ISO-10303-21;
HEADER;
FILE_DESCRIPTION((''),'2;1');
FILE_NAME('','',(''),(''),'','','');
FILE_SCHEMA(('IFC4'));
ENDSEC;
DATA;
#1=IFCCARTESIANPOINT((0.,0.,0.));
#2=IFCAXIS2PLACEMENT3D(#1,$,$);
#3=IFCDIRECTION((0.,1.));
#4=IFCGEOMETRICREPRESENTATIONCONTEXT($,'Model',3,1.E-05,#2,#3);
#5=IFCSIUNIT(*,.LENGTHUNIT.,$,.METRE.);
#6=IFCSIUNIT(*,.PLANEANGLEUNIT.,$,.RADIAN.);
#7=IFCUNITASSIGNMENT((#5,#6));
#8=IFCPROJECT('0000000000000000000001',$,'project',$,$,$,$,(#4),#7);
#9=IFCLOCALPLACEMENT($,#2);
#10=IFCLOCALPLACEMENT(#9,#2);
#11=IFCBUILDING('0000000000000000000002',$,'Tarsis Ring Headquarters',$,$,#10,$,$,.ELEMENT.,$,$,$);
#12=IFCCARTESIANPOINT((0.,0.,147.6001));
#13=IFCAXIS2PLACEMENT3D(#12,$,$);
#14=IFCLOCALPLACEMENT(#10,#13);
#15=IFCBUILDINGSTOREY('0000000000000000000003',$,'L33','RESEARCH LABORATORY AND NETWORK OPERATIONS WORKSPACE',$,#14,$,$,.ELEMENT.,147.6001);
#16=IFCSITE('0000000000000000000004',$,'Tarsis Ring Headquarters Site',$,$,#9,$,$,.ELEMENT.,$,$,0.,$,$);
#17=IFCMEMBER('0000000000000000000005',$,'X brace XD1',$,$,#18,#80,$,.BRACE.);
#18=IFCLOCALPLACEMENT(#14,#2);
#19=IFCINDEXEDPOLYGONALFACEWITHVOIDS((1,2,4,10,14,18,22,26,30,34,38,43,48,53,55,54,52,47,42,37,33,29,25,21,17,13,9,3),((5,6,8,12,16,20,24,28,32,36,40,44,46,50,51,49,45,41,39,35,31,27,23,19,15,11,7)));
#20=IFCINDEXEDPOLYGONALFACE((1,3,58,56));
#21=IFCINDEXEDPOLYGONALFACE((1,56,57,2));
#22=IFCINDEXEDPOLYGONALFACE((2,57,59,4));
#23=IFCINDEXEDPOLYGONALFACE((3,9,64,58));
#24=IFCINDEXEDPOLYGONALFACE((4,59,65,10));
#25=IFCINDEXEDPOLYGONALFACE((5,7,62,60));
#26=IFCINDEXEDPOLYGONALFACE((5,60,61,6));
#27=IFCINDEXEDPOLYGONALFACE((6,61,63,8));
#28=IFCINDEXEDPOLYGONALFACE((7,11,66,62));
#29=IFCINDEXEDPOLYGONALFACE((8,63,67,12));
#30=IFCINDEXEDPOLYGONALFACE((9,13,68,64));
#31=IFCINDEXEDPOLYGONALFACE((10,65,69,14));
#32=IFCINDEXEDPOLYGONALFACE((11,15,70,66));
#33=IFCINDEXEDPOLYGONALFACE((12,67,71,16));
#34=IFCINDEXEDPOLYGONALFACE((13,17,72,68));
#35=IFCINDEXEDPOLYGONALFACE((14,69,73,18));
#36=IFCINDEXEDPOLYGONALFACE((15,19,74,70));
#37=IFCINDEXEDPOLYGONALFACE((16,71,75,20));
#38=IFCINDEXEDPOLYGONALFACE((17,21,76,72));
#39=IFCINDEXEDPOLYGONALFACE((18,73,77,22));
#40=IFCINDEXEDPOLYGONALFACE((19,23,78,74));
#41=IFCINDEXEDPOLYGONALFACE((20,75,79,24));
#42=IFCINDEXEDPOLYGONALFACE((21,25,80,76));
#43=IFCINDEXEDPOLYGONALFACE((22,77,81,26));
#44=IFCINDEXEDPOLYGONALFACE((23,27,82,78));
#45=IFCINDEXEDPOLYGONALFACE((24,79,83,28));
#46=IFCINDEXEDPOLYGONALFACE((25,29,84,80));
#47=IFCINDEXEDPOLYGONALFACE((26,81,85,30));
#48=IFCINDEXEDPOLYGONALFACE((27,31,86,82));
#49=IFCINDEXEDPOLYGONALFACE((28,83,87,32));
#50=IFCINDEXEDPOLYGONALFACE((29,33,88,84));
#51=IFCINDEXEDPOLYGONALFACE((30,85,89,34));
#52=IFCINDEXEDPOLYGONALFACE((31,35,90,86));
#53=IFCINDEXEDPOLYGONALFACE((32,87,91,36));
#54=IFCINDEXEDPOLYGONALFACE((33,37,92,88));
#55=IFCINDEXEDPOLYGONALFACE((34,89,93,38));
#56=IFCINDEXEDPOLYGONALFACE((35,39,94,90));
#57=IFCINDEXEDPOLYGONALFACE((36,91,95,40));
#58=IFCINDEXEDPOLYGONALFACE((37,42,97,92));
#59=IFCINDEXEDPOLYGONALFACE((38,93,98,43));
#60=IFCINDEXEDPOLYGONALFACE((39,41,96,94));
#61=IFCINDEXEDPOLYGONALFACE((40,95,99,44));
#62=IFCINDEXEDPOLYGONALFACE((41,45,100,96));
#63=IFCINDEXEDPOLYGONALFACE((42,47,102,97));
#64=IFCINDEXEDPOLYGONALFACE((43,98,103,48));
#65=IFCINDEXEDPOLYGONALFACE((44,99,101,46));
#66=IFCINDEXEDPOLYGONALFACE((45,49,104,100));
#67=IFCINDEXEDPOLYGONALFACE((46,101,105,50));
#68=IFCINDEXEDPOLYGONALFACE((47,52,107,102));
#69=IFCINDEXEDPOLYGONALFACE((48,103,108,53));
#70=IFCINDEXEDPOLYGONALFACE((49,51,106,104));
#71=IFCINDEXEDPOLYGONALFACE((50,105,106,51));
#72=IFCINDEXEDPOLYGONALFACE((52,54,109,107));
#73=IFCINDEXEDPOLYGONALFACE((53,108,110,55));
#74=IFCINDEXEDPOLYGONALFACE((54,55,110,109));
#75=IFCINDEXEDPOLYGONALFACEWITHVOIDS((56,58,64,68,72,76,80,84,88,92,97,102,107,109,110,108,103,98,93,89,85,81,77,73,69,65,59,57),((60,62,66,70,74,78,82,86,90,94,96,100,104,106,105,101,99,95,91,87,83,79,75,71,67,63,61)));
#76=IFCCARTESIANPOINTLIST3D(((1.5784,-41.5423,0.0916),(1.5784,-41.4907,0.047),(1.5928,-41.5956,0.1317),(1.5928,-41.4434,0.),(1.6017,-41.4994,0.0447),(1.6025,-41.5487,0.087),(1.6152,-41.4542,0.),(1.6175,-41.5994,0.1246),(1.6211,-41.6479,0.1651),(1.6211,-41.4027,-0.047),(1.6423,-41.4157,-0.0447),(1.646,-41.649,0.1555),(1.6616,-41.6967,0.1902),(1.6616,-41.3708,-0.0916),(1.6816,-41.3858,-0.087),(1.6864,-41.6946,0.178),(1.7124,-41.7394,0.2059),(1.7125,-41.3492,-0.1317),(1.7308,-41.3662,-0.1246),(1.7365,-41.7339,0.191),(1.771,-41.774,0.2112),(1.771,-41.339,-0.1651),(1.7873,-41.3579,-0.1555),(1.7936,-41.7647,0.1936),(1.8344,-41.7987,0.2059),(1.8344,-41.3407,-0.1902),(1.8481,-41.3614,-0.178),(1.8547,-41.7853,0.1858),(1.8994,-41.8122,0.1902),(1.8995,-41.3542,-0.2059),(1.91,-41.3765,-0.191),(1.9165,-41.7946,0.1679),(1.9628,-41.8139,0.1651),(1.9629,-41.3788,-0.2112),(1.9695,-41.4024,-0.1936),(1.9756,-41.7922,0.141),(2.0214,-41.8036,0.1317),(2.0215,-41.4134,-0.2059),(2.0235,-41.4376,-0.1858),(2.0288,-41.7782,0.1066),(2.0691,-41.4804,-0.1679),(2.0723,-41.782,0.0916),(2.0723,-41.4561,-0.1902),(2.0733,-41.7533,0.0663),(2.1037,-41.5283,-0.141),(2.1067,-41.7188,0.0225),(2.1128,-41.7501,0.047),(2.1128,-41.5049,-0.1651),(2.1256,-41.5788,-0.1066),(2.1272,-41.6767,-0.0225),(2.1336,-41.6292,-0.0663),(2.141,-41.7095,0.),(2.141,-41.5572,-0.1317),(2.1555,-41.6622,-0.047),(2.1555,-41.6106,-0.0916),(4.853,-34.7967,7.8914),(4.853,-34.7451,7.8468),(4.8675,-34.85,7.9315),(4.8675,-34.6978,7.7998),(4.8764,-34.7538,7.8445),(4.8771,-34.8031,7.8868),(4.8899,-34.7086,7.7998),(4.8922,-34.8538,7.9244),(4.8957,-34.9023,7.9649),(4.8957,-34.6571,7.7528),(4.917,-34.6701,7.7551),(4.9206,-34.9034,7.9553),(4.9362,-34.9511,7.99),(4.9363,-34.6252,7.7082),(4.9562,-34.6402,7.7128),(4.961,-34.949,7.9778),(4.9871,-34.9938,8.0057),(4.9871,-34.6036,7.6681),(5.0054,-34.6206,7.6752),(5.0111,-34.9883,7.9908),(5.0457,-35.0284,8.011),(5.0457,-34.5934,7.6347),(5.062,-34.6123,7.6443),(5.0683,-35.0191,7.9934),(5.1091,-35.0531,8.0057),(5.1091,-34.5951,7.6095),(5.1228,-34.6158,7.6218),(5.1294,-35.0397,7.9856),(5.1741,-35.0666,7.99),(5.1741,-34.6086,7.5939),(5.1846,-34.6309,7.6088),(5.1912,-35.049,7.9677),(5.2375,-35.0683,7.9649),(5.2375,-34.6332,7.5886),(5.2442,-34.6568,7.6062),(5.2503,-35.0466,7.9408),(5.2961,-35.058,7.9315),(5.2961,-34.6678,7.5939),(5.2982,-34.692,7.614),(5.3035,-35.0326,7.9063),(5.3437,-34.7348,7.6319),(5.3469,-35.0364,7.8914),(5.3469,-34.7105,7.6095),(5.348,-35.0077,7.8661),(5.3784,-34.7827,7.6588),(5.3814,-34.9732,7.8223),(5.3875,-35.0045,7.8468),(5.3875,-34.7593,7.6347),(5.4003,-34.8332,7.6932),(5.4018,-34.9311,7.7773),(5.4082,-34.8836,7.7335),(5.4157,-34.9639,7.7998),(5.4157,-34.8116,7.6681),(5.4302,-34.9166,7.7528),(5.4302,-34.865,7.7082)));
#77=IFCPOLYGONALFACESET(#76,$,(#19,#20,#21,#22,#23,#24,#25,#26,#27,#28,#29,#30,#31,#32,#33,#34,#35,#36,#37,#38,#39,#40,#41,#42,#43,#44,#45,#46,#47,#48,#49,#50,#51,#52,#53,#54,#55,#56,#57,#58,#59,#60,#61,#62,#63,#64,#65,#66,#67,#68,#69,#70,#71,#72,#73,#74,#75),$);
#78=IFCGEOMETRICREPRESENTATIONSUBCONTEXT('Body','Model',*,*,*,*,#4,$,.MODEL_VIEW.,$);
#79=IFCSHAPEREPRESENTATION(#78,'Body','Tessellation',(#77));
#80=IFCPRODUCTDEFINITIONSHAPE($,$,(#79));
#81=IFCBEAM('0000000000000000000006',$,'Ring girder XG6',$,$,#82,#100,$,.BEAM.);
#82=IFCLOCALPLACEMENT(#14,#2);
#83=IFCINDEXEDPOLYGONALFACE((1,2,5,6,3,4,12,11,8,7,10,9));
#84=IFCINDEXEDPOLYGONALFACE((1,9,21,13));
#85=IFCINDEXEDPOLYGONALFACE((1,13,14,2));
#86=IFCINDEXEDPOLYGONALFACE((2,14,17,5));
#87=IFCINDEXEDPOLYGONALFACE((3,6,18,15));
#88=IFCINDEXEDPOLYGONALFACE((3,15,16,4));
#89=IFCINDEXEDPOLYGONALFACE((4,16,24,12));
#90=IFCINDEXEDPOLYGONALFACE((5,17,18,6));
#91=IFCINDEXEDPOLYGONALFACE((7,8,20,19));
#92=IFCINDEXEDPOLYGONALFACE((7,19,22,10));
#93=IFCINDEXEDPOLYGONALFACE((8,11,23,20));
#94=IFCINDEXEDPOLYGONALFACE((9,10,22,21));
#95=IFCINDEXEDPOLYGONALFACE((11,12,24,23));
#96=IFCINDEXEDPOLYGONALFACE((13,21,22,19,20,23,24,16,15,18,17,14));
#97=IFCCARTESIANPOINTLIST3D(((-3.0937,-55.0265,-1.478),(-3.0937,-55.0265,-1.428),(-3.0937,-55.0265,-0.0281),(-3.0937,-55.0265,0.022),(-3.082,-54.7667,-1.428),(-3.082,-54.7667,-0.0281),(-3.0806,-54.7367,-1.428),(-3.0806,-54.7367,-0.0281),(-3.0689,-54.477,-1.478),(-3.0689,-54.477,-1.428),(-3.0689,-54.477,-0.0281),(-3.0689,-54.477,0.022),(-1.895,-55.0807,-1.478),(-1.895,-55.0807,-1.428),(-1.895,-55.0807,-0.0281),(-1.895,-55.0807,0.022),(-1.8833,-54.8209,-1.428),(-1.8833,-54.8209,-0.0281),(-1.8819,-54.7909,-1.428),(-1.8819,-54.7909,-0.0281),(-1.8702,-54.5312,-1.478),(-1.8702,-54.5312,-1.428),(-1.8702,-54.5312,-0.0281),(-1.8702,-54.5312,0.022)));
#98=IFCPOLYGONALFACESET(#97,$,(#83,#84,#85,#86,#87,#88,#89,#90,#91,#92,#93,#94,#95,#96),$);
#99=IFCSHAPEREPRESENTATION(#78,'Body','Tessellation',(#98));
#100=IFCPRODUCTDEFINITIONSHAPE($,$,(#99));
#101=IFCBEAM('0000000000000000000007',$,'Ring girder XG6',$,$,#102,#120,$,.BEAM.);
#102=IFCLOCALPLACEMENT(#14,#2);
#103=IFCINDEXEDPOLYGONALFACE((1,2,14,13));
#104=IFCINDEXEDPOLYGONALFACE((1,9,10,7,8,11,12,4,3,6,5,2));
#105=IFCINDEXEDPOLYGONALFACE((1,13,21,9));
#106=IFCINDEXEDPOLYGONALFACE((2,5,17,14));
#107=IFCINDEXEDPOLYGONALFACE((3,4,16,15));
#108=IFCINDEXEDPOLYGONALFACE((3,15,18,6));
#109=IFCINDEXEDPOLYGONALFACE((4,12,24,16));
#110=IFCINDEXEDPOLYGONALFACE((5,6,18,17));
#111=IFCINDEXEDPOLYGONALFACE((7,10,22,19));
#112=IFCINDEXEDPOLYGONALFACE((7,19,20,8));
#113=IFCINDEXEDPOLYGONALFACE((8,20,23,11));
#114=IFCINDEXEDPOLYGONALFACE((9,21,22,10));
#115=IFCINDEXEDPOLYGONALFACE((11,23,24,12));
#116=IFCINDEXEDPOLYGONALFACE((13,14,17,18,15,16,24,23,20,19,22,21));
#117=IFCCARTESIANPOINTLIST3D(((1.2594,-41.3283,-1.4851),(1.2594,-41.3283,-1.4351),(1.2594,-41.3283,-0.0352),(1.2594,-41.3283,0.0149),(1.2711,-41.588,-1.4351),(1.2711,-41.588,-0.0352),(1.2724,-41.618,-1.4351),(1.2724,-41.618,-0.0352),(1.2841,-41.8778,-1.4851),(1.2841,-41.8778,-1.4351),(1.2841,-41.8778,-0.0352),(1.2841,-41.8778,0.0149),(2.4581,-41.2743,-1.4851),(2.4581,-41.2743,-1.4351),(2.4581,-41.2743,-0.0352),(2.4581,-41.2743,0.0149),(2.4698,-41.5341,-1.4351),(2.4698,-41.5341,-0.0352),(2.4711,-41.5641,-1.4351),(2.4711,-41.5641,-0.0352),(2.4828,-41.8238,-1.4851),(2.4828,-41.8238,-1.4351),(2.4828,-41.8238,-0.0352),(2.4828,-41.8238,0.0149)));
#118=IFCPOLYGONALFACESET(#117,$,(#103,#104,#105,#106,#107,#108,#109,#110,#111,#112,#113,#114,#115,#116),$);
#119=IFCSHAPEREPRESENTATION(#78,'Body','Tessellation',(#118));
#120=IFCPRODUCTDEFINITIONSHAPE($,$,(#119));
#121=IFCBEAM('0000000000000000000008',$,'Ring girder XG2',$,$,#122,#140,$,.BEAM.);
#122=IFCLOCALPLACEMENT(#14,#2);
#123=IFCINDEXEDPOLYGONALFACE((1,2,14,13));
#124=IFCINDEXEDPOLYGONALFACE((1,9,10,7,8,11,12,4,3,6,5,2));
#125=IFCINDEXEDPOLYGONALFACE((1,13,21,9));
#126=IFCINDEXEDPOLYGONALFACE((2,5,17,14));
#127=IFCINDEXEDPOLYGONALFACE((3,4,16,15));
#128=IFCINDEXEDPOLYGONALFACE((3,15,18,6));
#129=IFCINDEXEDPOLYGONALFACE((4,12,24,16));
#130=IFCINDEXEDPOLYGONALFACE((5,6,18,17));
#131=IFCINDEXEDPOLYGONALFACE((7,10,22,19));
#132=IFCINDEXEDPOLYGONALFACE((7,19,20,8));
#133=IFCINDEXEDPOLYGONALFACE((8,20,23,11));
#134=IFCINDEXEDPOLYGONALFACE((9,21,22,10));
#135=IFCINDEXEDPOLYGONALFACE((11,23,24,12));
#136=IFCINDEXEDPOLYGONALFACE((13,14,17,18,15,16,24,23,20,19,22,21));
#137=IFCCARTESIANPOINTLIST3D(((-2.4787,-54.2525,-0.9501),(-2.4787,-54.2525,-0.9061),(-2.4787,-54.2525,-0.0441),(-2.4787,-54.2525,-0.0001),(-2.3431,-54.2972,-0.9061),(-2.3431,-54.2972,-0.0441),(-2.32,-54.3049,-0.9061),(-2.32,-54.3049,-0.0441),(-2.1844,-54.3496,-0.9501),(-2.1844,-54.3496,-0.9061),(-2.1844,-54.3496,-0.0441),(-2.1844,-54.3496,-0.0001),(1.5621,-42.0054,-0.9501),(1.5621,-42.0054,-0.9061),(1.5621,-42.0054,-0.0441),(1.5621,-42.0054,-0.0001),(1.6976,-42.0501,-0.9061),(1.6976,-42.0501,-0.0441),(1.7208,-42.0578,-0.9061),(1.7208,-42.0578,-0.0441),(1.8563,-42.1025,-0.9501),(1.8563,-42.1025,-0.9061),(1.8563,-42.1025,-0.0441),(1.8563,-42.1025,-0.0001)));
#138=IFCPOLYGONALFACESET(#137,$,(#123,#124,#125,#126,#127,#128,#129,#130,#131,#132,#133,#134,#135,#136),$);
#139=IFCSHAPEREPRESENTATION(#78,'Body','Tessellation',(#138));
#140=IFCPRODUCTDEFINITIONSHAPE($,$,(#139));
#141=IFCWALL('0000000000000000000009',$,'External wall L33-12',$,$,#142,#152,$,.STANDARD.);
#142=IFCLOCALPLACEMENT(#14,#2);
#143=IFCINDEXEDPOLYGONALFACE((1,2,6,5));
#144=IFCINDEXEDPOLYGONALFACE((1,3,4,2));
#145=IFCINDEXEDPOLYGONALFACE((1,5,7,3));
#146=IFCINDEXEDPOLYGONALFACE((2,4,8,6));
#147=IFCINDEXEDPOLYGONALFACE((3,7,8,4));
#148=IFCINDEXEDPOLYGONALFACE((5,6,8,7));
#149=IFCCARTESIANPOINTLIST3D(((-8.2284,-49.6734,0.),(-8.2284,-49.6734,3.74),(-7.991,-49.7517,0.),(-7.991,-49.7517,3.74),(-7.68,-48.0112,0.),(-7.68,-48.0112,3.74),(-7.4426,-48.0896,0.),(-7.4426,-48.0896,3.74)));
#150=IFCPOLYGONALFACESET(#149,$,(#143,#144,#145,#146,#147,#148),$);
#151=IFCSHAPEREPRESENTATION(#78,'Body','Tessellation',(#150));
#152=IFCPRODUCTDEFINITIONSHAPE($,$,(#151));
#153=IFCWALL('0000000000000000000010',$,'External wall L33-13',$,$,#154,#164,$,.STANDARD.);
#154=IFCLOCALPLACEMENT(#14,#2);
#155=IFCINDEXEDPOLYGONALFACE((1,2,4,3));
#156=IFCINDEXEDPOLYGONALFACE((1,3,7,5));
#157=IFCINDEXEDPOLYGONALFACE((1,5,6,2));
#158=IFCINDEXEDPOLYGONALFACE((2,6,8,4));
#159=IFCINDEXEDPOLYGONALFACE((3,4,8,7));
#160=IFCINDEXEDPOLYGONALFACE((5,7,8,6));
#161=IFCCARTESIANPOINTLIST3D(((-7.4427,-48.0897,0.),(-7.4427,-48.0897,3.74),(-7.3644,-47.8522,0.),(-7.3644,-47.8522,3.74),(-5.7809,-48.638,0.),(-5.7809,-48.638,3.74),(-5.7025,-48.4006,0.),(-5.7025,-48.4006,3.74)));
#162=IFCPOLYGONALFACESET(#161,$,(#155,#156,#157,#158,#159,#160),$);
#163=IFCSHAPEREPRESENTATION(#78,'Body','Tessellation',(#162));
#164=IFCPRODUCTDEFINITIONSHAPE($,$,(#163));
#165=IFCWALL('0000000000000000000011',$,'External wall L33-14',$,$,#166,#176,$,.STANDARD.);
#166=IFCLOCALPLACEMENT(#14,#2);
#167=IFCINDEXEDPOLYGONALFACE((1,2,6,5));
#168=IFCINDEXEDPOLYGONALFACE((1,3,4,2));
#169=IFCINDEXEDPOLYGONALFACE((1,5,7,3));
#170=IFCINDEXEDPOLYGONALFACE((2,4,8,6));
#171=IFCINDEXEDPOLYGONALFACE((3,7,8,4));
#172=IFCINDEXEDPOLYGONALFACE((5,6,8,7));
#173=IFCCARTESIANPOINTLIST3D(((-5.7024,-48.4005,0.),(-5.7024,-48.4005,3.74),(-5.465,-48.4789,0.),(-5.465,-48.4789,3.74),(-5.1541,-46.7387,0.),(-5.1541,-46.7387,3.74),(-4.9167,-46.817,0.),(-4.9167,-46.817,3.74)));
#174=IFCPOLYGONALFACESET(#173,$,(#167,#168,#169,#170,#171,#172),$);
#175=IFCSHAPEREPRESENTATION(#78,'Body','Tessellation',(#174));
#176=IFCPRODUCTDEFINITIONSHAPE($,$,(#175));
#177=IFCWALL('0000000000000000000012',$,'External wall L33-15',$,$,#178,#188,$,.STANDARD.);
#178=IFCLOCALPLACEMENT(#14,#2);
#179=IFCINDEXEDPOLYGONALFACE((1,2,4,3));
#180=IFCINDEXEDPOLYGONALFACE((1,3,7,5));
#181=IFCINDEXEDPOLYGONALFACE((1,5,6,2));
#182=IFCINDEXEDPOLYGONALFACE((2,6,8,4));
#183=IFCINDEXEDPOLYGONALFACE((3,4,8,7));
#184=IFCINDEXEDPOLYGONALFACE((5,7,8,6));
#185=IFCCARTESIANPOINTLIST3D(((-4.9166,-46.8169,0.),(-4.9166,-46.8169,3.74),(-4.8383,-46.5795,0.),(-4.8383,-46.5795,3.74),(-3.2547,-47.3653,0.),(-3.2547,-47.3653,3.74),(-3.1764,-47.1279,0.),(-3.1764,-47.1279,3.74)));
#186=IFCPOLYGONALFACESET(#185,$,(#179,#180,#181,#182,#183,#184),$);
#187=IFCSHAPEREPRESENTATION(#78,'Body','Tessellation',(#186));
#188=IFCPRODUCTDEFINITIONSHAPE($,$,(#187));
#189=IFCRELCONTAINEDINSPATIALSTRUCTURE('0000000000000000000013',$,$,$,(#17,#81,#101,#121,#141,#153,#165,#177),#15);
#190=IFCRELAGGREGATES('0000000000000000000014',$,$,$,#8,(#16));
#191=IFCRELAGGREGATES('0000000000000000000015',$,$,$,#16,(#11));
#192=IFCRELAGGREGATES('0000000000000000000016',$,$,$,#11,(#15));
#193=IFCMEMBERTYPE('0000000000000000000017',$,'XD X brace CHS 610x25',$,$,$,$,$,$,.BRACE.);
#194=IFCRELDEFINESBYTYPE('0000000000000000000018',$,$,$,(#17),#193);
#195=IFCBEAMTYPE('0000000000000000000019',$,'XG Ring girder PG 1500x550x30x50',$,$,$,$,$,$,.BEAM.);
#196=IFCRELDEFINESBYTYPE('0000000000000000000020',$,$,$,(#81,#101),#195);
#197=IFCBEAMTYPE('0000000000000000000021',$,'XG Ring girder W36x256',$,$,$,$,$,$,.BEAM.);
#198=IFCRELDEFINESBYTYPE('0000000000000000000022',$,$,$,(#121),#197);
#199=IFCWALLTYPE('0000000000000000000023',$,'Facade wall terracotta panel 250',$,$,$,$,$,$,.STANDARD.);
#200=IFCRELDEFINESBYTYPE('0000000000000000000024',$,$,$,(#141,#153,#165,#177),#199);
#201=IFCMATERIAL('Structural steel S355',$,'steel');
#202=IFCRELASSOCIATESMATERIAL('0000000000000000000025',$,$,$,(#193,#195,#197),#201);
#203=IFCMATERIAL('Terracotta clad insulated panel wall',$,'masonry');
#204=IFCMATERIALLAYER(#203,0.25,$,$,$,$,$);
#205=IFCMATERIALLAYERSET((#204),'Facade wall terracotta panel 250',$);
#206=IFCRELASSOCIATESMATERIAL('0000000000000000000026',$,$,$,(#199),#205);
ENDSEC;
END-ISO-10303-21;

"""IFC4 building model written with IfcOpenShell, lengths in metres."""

from ifc_helpers import new_model, si_unit, direction, frame, frame_2d, origin, origin_2d, place, context, subcontext, project, spatial, rectangle, hollow_circle, i_section, extrude, material, layer, layer_set, material_profile, profile_set, type_object, element, save


model = new_model("IFC4")

# Units and contexts
model_context = context("Model", 3, precision=1e-05, world=origin(), true_north=direction((0.0, 1.0)))
body_context = subcontext(model_context, "Body", "Model", "MODEL_VIEW")
ifc_project = project(units=[si_unit("LENGTHUNIT", "METRE"), si_unit("PLANEANGLEUNIT", "RADIAN")], contexts=[model_context])

# Site, building, storey
site_placement = place(None, origin())
site = spatial("IfcSite", under=ifc_project, at=site_placement, Name="Tarsis Ring Headquarters Site", CompositionType="ELEMENT", RefElevation=0.0)
building_placement = place(site_placement, origin())
building = spatial("IfcBuilding", under=site, at=building_placement, Name="Tarsis Ring Headquarters", CompositionType="ELEMENT")
storey_placement = place(building_placement, frame((0.0, 0.0, 147.6001)))
storey = spatial("IfcBuildingStorey", under=building, at=storey_placement, Name="L33", Description="RESEARCH LABORATORY AND NETWORK OPERATIONS WORKSPACE", CompositionType="ELEMENT", Elevation=147.6001)

# Shared definitions
ifc_material_1 = material(Name="Structural steel S355", Category="steel")

# Member
ifc_material_profile_1 = material_profile(ifc_material_1, hollow_circle(Radius=0.3047, WallThickness=0.0249, at=origin_2d()), Name="CHS 610x25")
ifc_profile_set_1 = profile_set([ifc_material_profile_1], Name="Structural steel S355")
member_type = type_object("IfcMemberType", Name="XD X brace CHS 610x25", PredefinedType="BRACE", material=ifc_profile_set_1)
member_placement = place(storey_placement, frame((1.8669, -41.5764, 0.0), z_axis=(0.30266, 0.623462, 0.720896), x_axis=(-0.899601, 0.436712, 0.0)))
element("IfcMember", 1, at=member_placement, inside=storey, type_object=member_type, Name="X brace XD1", PredefinedType="BRACE", context=body_context, shape_type="SweptSolid", body=[
    extrude(hollow_circle(Radius=0.3047, WallThickness=0.0249, at=origin_2d()), origin(), (0.0, 0.0, 1.0), 10.8196),
])

# Beams
ifc_material_profile_2 = material_profile(ifc_material_1, i_section(OverallWidth=0.55, OverallDepth=1.5, WebThickness=0.03, FlangeThickness=0.05, at=origin_2d()), Name="PG 1500x550x30x50")
ifc_profile_set_2 = profile_set([ifc_material_profile_2], Name="Structural steel S355")
beam_type_1 = type_object("IfcBeamType", Name="XG Ring girder PG 1500x550x30x50", PredefinedType="BEAM", material=ifc_profile_set_2)
for number, where, z_axis, x_axis, name in (
    (2, (-3.0813, -54.7517, -0.728), (0.998979, -0.045168, 0.0), (0.045168, 0.998979, 0.0), "Ring girder XG6"),
    (3, (1.2717, -41.603, -0.7351), (0.998989, 0.044965, 0.0), (-0.044965, 0.998989, 0.0), "Ring girder XG6"),
):
    element("IfcBeam", number, at=place(storey_placement, frame(where, z_axis=z_axis, x_axis=x_axis)), inside=storey, type_object=beam_type_1, Name=name, PredefinedType="BEAM", context=body_context, shape_type="SweptSolid", body=[
        extrude(i_section(OverallWidth=0.55, OverallDepth=1.5, WebThickness=0.03, FlangeThickness=0.05, at=origin_2d()), origin(), (0.0, 0.0, 1.0), 1.2),
    ])
ifc_material_profile_3 = material_profile(ifc_material_1, i_section(OverallWidth=0.3098, OverallDepth=0.95, WebThickness=0.0244, FlangeThickness=0.0439, at=origin_2d()), Name="W36x256")
ifc_profile_set_3 = profile_set([ifc_material_profile_3], Name="Structural steel S355")
beam_type_2 = type_object("IfcBeamType", Name="XG Ring girder W36x256", PredefinedType="BEAM", material=ifc_profile_set_3)
beam_placement = place(storey_placement, frame((-2.3315, -54.301, -0.4751), z_axis=(0.313324, 0.949646, 0.0), x_axis=(-0.949646, 0.313324, 0.0)))
element("IfcBeam", 4, at=beam_placement, inside=storey, type_object=beam_type_2, Name="Ring girder XG2", PredefinedType="BEAM", context=body_context, shape_type="SweptSolid", body=[
    extrude(i_section(OverallWidth=0.3098, OverallDepth=0.95, WebThickness=0.0244, FlangeThickness=0.0439, at=origin_2d()), origin(), (0.0, 0.0, 1.0), 12.8965),
])

# Walls
ifc_material_2 = material(Name="Terracotta clad insulated panel wall", Category="masonry")
ifc_layer = layer(ifc_material_2, 0.25)
ifc_layer_set = layer_set([ifc_layer], Name="Facade wall terracotta panel 250")
wall_type = type_object("IfcWallType", Name="Facade wall terracotta panel 250", PredefinedType="STANDARD", material=ifc_layer_set)
wall_1_placement = place(storey_placement, frame((-8.1096, -49.7124, 0.0), z_axis=(0.0, 0.0, 1.0), x_axis=(0.313297, 0.949655, 0.0)))
element("IfcWall", 5, at=wall_1_placement, inside=storey, type_object=wall_type, Name="External wall L33-12", PredefinedType="STANDARD", context=body_context, shape_type="SweptSolid", body=[
    extrude(rectangle(XDim=1.7502, YDim=0.25, at=frame_2d((0.875, 0.0))), origin(), (0.0, 0.0, 1.0), 3.74),
])
for number, where, z_axis, x_axis, name in (
    (6, (-7.4036, -47.9709, 0.0), (0.0, 0.0, 1.0), (0.949642, -0.313338, 0.0), "External wall L33-13"),
    (7, (-5.5837, -48.4397, 0.0), (0.0, 0.0, 1.0), (0.313338, 0.949642, 0.0), "External wall L33-14"),
    (8, (-4.8774, -46.6982, 0.0), (0.0, 0.0, 1.0), (0.949642, -0.313338, 0.0), "External wall L33-15"),
):
    element("IfcWall", number, at=place(storey_placement, frame(where, z_axis=z_axis, x_axis=x_axis)), inside=storey, type_object=wall_type, Name=name, PredefinedType="STANDARD", context=body_context, shape_type="SweptSolid", body=[
        extrude(rectangle(XDim=1.75, YDim=0.25, at=frame_2d((0.875, 0.0))), origin(), (0.0, 0.0, 1.0), 3.74),
    ])

save(model, "model.ifc")
